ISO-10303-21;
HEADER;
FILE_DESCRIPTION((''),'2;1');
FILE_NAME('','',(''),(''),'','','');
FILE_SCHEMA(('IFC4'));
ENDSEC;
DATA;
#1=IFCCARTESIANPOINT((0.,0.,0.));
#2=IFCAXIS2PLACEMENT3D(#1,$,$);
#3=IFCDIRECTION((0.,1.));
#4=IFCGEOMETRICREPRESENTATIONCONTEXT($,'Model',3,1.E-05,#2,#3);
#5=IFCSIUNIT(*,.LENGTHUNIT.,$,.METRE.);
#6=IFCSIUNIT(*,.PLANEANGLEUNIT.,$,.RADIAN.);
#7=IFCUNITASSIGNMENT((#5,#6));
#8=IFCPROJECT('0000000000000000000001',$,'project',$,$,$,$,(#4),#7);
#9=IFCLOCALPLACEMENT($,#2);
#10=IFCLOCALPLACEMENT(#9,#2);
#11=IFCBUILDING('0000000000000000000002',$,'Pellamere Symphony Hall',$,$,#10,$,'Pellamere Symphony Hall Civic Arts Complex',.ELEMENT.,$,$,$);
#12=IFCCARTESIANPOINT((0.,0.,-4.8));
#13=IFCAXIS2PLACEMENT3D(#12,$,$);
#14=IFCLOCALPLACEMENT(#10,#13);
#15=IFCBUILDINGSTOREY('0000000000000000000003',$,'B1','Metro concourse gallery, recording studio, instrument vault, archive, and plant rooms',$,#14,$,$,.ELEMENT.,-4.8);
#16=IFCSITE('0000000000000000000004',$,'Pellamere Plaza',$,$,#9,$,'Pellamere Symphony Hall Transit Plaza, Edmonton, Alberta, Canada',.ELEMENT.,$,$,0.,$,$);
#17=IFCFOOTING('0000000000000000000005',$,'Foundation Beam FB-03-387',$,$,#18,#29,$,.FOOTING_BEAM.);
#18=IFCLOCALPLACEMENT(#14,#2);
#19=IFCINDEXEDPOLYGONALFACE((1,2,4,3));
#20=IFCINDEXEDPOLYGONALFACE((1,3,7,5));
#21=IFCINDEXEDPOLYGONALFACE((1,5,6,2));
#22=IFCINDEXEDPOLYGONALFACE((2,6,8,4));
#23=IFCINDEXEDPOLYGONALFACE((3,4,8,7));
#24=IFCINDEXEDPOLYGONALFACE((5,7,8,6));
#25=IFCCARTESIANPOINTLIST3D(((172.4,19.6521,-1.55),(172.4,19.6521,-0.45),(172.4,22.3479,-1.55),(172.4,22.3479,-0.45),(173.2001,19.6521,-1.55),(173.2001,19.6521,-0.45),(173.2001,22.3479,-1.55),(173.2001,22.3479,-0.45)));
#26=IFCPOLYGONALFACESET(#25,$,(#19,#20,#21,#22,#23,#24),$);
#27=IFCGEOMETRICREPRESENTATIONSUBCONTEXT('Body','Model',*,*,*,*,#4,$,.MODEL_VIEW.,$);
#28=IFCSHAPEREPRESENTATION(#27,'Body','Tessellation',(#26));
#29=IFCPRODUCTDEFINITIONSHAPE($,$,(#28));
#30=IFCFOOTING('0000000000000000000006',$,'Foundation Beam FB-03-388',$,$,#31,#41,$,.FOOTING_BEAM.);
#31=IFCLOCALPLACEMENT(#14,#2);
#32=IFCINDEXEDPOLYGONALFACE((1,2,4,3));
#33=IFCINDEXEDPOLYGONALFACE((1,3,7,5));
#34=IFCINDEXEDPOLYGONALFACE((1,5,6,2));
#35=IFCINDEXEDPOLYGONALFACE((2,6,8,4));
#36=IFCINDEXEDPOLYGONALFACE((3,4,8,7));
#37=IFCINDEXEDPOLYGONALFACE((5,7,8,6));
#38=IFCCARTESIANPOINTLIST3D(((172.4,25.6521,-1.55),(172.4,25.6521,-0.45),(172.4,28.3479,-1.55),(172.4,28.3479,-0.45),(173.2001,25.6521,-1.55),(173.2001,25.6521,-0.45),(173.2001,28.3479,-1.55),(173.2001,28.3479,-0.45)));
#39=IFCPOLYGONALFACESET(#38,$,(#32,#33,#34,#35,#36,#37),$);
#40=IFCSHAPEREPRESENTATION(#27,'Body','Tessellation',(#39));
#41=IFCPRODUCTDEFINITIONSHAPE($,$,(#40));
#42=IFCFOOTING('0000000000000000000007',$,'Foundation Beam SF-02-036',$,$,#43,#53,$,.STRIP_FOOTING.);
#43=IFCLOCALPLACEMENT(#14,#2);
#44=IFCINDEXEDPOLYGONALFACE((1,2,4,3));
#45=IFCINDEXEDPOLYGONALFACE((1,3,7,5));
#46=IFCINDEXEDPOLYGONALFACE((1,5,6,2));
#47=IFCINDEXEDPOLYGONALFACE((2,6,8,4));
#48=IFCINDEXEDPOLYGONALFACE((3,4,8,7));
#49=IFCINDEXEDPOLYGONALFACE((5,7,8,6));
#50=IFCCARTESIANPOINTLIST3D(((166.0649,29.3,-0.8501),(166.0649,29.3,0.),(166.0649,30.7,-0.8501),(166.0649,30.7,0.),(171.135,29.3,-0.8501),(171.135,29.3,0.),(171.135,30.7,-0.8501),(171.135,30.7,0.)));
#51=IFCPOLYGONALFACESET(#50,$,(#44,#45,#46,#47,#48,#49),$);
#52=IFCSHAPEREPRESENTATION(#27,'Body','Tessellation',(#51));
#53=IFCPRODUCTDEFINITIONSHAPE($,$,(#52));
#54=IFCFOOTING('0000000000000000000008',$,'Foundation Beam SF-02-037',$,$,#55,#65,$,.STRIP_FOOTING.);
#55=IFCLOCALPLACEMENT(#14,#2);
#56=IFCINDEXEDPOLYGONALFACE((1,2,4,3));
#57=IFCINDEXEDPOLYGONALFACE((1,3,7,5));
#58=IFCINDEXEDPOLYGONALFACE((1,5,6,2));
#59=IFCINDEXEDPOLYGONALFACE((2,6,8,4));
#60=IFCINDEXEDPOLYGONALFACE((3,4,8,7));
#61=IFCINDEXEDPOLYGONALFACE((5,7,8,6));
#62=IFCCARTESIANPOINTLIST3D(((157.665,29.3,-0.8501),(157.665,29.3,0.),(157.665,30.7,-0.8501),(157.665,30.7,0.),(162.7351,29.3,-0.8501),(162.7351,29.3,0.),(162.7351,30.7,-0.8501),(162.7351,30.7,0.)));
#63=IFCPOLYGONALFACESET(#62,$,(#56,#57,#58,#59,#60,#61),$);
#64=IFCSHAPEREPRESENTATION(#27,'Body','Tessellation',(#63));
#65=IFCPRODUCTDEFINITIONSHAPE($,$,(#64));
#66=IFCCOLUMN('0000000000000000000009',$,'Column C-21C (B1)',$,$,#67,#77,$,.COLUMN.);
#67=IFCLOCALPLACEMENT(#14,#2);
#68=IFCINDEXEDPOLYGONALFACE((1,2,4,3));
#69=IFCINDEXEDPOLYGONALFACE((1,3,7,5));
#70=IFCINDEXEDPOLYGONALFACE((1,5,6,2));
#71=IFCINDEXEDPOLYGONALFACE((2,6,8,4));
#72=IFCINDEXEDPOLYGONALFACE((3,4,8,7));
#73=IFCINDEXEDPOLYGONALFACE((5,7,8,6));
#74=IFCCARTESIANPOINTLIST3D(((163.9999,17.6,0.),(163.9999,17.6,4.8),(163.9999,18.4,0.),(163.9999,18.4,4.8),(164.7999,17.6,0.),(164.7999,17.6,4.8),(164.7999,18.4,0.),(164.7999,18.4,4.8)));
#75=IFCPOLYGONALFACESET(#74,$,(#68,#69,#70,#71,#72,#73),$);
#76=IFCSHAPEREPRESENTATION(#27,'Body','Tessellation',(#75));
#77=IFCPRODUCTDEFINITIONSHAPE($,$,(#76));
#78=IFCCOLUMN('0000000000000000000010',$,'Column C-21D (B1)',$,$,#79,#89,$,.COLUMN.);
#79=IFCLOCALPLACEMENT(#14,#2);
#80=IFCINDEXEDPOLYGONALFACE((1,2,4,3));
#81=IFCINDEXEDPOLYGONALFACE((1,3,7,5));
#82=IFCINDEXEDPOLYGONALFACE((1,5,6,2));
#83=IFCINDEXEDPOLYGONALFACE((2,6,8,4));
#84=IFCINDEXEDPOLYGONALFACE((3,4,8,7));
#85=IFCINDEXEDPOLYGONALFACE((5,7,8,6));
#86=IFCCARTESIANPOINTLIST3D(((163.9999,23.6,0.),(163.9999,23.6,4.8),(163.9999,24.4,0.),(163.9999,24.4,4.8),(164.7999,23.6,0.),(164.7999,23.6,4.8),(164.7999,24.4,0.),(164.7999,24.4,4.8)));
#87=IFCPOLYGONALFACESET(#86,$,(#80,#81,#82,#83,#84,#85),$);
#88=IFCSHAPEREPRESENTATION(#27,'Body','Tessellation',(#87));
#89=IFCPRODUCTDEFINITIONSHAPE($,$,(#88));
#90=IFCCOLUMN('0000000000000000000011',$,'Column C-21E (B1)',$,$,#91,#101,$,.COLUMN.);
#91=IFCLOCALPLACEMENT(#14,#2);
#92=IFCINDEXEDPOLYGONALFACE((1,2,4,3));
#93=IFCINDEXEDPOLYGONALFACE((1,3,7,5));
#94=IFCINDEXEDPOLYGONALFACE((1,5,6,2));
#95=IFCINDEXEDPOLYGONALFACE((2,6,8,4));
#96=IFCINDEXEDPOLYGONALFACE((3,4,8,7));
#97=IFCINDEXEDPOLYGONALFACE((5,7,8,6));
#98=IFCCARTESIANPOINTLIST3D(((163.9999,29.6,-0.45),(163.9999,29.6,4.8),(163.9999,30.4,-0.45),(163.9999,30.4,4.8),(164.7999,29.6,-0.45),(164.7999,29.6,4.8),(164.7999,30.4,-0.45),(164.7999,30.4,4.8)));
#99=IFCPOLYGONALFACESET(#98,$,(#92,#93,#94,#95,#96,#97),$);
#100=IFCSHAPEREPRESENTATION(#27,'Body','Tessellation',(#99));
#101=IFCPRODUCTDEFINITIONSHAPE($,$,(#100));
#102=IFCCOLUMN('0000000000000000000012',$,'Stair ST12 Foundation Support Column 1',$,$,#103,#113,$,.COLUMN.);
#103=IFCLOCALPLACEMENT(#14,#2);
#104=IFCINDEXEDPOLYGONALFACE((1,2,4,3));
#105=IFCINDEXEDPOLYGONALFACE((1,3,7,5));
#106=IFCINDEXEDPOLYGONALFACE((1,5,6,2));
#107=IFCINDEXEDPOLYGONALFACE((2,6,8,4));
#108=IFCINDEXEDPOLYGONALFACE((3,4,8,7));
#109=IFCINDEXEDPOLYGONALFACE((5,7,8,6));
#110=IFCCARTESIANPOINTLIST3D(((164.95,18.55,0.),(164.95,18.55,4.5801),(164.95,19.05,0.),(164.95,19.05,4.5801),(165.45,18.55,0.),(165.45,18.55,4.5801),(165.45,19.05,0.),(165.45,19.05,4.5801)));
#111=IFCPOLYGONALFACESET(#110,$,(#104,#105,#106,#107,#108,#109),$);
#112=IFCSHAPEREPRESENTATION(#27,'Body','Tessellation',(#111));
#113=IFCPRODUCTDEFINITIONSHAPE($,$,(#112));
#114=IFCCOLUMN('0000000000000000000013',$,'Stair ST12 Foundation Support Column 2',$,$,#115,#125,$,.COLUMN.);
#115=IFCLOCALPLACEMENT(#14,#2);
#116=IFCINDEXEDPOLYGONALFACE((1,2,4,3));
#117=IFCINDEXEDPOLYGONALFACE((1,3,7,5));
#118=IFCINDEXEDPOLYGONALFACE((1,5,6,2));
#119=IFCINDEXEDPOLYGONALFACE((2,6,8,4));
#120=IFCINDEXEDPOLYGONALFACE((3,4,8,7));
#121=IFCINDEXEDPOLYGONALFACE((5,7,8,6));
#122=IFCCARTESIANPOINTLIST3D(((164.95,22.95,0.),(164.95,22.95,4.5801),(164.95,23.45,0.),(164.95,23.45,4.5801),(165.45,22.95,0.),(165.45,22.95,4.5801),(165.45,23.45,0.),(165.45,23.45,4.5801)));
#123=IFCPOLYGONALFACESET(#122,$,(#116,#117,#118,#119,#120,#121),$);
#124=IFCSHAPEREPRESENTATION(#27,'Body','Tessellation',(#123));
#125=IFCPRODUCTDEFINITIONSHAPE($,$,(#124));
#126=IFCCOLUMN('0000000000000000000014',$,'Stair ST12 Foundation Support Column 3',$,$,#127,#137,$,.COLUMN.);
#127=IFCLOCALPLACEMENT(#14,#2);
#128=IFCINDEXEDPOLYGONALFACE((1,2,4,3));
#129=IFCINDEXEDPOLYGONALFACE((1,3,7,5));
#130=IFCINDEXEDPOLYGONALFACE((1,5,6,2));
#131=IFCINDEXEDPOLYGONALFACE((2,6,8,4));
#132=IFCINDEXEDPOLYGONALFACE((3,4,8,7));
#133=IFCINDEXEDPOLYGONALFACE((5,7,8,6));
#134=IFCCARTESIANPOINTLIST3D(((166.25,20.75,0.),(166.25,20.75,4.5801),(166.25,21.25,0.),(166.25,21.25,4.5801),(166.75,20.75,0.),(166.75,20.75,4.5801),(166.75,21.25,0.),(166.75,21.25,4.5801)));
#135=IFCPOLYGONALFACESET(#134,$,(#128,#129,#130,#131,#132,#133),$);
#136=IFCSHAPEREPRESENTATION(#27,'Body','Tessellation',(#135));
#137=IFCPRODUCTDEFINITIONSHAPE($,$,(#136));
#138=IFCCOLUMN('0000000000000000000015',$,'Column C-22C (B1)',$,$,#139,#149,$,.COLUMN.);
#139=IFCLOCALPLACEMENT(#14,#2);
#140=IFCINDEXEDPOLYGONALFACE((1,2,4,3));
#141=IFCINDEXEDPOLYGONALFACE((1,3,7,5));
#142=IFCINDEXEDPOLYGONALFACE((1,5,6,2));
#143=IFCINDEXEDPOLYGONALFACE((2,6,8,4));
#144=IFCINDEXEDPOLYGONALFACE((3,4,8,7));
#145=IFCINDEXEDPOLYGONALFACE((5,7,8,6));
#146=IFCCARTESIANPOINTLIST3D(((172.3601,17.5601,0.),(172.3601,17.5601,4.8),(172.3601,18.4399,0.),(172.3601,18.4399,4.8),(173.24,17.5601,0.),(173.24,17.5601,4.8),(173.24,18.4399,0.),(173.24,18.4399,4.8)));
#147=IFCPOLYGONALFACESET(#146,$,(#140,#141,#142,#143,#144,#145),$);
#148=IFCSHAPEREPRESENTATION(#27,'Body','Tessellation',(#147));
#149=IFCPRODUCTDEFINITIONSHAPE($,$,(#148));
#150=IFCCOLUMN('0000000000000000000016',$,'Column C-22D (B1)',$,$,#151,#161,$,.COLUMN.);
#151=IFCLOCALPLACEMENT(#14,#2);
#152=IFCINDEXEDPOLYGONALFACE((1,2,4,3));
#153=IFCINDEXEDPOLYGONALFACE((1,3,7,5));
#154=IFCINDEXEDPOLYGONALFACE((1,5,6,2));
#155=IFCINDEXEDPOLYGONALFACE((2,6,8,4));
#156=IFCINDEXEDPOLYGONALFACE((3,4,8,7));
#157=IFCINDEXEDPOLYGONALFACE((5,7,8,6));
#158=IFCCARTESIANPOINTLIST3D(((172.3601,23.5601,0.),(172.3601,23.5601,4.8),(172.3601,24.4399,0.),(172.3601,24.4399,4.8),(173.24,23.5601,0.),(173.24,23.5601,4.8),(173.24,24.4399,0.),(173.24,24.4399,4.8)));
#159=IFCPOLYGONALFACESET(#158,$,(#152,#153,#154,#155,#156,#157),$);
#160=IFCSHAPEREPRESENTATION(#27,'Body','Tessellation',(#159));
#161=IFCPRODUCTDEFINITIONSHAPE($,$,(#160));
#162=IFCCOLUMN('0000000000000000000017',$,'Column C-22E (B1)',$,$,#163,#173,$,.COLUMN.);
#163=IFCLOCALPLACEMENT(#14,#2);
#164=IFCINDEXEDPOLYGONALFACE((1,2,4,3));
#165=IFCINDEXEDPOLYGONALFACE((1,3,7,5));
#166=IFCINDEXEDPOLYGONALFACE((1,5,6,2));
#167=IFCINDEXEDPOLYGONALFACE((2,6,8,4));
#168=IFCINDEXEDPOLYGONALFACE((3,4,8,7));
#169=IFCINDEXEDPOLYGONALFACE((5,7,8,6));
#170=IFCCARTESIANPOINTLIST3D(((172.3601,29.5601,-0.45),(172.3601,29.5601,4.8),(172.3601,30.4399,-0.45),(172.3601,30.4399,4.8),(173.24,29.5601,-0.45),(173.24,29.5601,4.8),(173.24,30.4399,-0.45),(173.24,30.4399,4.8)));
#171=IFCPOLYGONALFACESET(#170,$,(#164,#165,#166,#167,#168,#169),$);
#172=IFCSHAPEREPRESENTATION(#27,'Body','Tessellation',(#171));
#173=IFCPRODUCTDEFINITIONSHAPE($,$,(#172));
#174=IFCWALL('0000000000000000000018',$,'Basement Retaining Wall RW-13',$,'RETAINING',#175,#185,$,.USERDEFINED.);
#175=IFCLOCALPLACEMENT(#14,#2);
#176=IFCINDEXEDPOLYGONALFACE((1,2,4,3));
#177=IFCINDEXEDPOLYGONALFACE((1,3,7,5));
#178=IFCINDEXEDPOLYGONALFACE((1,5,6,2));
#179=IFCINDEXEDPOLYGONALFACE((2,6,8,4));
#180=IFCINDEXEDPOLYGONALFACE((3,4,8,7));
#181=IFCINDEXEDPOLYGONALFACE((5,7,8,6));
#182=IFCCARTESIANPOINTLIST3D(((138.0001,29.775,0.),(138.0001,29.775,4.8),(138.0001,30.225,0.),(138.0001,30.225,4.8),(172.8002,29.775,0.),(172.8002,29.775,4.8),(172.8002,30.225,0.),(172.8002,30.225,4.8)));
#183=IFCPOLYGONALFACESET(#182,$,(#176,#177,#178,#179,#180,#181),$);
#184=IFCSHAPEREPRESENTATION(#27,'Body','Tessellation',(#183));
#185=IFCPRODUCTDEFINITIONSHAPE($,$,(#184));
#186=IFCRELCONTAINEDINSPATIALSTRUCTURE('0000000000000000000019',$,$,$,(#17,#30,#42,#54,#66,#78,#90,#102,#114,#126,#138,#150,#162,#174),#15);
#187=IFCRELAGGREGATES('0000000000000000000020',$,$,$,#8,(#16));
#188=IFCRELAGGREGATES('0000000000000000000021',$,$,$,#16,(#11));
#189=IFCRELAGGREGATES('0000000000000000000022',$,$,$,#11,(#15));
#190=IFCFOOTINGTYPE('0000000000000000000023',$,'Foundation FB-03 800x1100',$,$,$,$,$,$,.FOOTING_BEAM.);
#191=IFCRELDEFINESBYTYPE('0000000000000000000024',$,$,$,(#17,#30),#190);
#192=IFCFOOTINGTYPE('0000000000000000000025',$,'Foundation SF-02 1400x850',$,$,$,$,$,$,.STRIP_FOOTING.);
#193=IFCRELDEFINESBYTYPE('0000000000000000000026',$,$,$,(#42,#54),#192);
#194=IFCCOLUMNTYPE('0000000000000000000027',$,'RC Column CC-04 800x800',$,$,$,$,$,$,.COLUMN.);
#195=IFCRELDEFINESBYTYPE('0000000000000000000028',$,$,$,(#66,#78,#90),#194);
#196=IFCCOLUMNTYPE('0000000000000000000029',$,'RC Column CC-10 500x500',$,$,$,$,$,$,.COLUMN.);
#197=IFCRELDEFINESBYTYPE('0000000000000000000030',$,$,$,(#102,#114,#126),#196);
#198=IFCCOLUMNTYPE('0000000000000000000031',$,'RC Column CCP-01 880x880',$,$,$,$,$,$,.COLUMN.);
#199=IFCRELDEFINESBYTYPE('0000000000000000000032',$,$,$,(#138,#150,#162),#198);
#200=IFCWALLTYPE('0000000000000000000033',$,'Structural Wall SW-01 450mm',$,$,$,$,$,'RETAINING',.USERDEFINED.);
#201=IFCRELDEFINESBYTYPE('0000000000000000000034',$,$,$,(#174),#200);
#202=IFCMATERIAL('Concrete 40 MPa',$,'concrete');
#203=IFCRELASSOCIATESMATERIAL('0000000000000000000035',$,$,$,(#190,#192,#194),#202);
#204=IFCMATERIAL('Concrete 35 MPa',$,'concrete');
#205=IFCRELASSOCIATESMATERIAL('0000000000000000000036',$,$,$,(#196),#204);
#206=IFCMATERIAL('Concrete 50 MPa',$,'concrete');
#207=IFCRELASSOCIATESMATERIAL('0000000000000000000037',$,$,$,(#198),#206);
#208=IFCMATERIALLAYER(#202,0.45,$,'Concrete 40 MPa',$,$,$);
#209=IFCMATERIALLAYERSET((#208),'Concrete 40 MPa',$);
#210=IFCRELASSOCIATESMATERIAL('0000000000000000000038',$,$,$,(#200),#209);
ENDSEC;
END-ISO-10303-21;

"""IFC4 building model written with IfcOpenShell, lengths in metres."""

from ifc_helpers import new_model, si_unit, direction, frame, frame_2d, origin, origin_2d, place, context, subcontext, project, spatial, rectangle, extrude, material, layer, layer_set, material_profile, profile_set, type_object, element, save


model = new_model("IFC4")

# Units and contexts
model_context = context("Model", 3, precision=1e-05, world=origin(), true_north=direction((0.0, 1.0)))
body_context = subcontext(model_context, "Body", "Model", "MODEL_VIEW")
ifc_project = project(units=[si_unit("LENGTHUNIT", "METRE"), si_unit("PLANEANGLEUNIT", "RADIAN")], contexts=[model_context])

# Site, building, storey
site_placement = place(None, origin())
site = spatial("IfcSite", under=ifc_project, at=site_placement, Name="Pellamere Plaza", LongName="Pellamere Symphony Hall Transit Plaza, Edmonton, Alberta, Canada", CompositionType="ELEMENT", RefElevation=0.0)
building_placement = place(site_placement, origin())
building = spatial("IfcBuilding", under=site, at=building_placement, Name="Pellamere Symphony Hall", LongName="Pellamere Symphony Hall Civic Arts Complex", CompositionType="ELEMENT")
storey_placement = place(building_placement, frame((0.0, 0.0, -4.8)))
storey = spatial("IfcBuildingStorey", under=building, at=storey_placement, Name="B1", Description="Metro concourse gallery, recording studio, instrument vault, archive, and plant rooms", CompositionType="ELEMENT", Elevation=-4.8)

# Shared definitions
ifc_material_1 = material(Name="Concrete 35 MPa", Category="concrete")

# Footings
ifc_material_2 = material(Name="Concrete 40 MPa", Category="concrete")
ifc_material_profile_1 = material_profile(ifc_material_2, rectangle(XDim=0.8, YDim=1.1001, at=origin_2d()), Name="RC 800x1100")
ifc_profile_set_1 = profile_set([ifc_material_profile_1], Name="Concrete 40 MPa")
footing_type_1 = type_object("IfcFootingType", Name="Foundation FB-03 800x1100", PredefinedType="FOOTING_BEAM", material=ifc_profile_set_1)
for number, where, z_axis, x_axis, name in (
    (1, (172.8, 19.6521, -1.0), (0.0, 1.0, 0.0), (-1.0, 0.0, 0.0), "Foundation Beam FB-03-387"),
    (2, (172.8, 25.6521, -1.0), (0.0, 1.0, 0.0), (-1.0, 0.0, 0.0), "Foundation Beam FB-03-388"),
):
    element("IfcFooting", number, at=place(storey_placement, frame(where, z_axis=z_axis, x_axis=x_axis)), inside=storey, type_object=footing_type_1, Name=name, PredefinedType="FOOTING_BEAM", context=body_context, shape_type="SweptSolid", body=[
        extrude(rectangle(XDim=0.8, YDim=1.1001, at=origin_2d()), origin(), (0.0, 0.0, 1.0), 2.6958),
    ])
ifc_material_profile_2 = material_profile(ifc_material_2, rectangle(XDim=1.3999, YDim=0.8501, at=origin_2d()), Name="RC 1400x850")
ifc_profile_set_2 = profile_set([ifc_material_profile_2], Name="Concrete 40 MPa")
footing_type_2 = type_object("IfcFootingType", Name="Foundation SF-02 1400x850", PredefinedType="STRIP_FOOTING", material=ifc_profile_set_2)
for number, where, z_axis, x_axis, name in (
    (3, (171.135, 30.0, -0.425), (-1.0, 0.0, 0.0), (0.0, -1.0, 0.0), "Foundation Beam SF-02-036"),
    (4, (162.7351, 30.0, -0.425), (-1.0, 0.0, 0.0), (0.0, -1.0, 0.0), "Foundation Beam SF-02-037"),
):
    element("IfcFooting", number, at=place(storey_placement, frame(where, z_axis=z_axis, x_axis=x_axis)), inside=storey, type_object=footing_type_2, Name=name, PredefinedType="STRIP_FOOTING", context=body_context, shape_type="SweptSolid", body=[
        extrude(rectangle(XDim=1.3999, YDim=0.8501, at=origin_2d()), origin(), (0.0, 0.0, 1.0), 5.0701),
    ])

# Columns
ifc_material_profile_3 = material_profile(ifc_material_2, rectangle(XDim=0.8, YDim=0.8, at=origin_2d()), Name="RC 800x800")
ifc_profile_set_3 = profile_set([ifc_material_profile_3], Name="Concrete 40 MPa")
column_type_1 = type_object("IfcColumnType", Name="RC Column CC-04 800x800", PredefinedType="COLUMN", material=ifc_profile_set_3)
for number, where, z_axis, x_axis, name in (
    (5, (164.3999, 18.0, 0.0), (0.0, 0.0, 1.0), (1.0, 0.0, 0.0), "Column C-21C (B1)"),
    (6, (164.3999, 24.0, 0.0), (0.0, 0.0, 1.0), (1.0, 0.0, 0.0), "Column C-21D (B1)"),
):
    element("IfcColumn", number, at=place(storey_placement, frame(where, z_axis=z_axis, x_axis=x_axis)), inside=storey, type_object=column_type_1, Name=name, PredefinedType="COLUMN", context=body_context, shape_type="SweptSolid", body=[
        extrude(rectangle(XDim=0.8, YDim=0.8, at=origin_2d()), origin(), (0.0, 0.0, 1.0), 4.8),
    ])
column_1_placement = place(storey_placement, frame((164.3999, 30.0, -0.45), z_axis=(0.0, 0.0, 1.0), x_axis=(1.0, 0.0, 0.0)))
element("IfcColumn", 7, at=column_1_placement, inside=storey, type_object=column_type_1, Name="Column C-21E (B1)", PredefinedType="COLUMN", context=body_context, shape_type="SweptSolid", body=[
    extrude(rectangle(XDim=0.8, YDim=0.8, at=origin_2d()), origin(), (0.0, 0.0, 1.0), 5.25),
])
ifc_material_profile_4 = material_profile(ifc_material_1, rectangle(XDim=0.5, YDim=0.5, at=origin_2d()), Name="RC 500x500")
ifc_profile_set_4 = profile_set([ifc_material_profile_4], Name="Concrete 35 MPa")
column_type_2 = type_object("IfcColumnType", Name="RC Column CC-10 500x500", PredefinedType="COLUMN", material=ifc_profile_set_4)
for number, where, z_axis, x_axis, name in (
    (8, (165.2, 18.8, 0.0), (0.0, 0.0, 1.0), (1.0, 0.0, 0.0), "Stair ST12 Foundation Support Column 1"),
    (9, (165.2, 23.2, 0.0), (0.0, 0.0, 1.0), (1.0, 0.0, 0.0), "Stair ST12 Foundation Support Column 2"),
    (10, (166.5, 21.0, 0.0), (0.0, 0.0, 1.0), (1.0, 0.0, 0.0), "Stair ST12 Foundation Support Column 3"),
):
    element("IfcColumn", number, at=place(storey_placement, frame(where, z_axis=z_axis, x_axis=x_axis)), inside=storey, type_object=column_type_2, Name=name, PredefinedType="COLUMN", context=body_context, shape_type="SweptSolid", body=[
        extrude(rectangle(XDim=0.5, YDim=0.5, at=origin_2d()), origin(), (0.0, 0.0, 1.0), 4.5801),
    ])
ifc_material_3 = material(Name="Concrete 50 MPa", Category="concrete")
ifc_material_profile_5 = material_profile(ifc_material_3, rectangle(XDim=0.8799, YDim=0.8799, at=origin_2d()), Name="RC 880x880")
ifc_profile_set_5 = profile_set([ifc_material_profile_5], Name="Concrete 50 MPa")
column_type_3 = type_object("IfcColumnType", Name="RC Column CCP-01 880x880", PredefinedType="COLUMN", material=ifc_profile_set_5)
for number, where, z_axis, x_axis, name in (
    (11, (172.8, 18.0, 0.0), (0.0, 0.0, 1.0), (1.0, 0.0, 0.0), "Column C-22C (B1)"),
    (12, (172.8, 24.0, 0.0), (0.0, 0.0, 1.0), (1.0, 0.0, 0.0), "Column C-22D (B1)"),
):
    element("IfcColumn", number, at=place(storey_placement, frame(where, z_axis=z_axis, x_axis=x_axis)), inside=storey, type_object=column_type_3, Name=name, PredefinedType="COLUMN", context=body_context, shape_type="SweptSolid", body=[
        extrude(rectangle(XDim=0.8799, YDim=0.8799, at=origin_2d()), origin(), (0.0, 0.0, 1.0), 4.8),
    ])
column_2_placement = place(storey_placement, frame((172.8, 30.0, -0.45), z_axis=(0.0, 0.0, 1.0), x_axis=(1.0, 0.0, 0.0)))
element("IfcColumn", 13, at=column_2_placement, inside=storey, type_object=column_type_3, Name="Column C-22E (B1)", PredefinedType="COLUMN", context=body_context, shape_type="SweptSolid", body=[
    extrude(rectangle(XDim=0.8799, YDim=0.8799, at=origin_2d()), origin(), (0.0, 0.0, 1.0), 5.25),
])

# Wall
ifc_layer = layer(ifc_material_2, 0.45, Name="Concrete 40 MPa")
ifc_layer_set = layer_set([ifc_layer], Name="Concrete 40 MPa")
wall_type = type_object("IfcWallType", Name="Structural Wall SW-01 450mm", ElementType="RETAINING", PredefinedType="USERDEFINED", material=ifc_layer_set)
wall_placement = place(storey_placement, frame((172.8, 30.0, 0.0), z_axis=(0.0, 0.0, 1.0), x_axis=(-1.0, 0.0, 0.0)))
element("IfcWall", 14, at=wall_placement, inside=storey, type_object=wall_type, Name="Basement Retaining Wall RW-13", ObjectType="RETAINING", PredefinedType="USERDEFINED", context=body_context, shape_type="SweptSolid", body=[
    extrude(rectangle(XDim=34.8, YDim=0.45, at=frame_2d((17.3999, 0.0))), origin(), (0.0, 0.0, 1.0), 4.8),
])

save(model, "model.ifc")
